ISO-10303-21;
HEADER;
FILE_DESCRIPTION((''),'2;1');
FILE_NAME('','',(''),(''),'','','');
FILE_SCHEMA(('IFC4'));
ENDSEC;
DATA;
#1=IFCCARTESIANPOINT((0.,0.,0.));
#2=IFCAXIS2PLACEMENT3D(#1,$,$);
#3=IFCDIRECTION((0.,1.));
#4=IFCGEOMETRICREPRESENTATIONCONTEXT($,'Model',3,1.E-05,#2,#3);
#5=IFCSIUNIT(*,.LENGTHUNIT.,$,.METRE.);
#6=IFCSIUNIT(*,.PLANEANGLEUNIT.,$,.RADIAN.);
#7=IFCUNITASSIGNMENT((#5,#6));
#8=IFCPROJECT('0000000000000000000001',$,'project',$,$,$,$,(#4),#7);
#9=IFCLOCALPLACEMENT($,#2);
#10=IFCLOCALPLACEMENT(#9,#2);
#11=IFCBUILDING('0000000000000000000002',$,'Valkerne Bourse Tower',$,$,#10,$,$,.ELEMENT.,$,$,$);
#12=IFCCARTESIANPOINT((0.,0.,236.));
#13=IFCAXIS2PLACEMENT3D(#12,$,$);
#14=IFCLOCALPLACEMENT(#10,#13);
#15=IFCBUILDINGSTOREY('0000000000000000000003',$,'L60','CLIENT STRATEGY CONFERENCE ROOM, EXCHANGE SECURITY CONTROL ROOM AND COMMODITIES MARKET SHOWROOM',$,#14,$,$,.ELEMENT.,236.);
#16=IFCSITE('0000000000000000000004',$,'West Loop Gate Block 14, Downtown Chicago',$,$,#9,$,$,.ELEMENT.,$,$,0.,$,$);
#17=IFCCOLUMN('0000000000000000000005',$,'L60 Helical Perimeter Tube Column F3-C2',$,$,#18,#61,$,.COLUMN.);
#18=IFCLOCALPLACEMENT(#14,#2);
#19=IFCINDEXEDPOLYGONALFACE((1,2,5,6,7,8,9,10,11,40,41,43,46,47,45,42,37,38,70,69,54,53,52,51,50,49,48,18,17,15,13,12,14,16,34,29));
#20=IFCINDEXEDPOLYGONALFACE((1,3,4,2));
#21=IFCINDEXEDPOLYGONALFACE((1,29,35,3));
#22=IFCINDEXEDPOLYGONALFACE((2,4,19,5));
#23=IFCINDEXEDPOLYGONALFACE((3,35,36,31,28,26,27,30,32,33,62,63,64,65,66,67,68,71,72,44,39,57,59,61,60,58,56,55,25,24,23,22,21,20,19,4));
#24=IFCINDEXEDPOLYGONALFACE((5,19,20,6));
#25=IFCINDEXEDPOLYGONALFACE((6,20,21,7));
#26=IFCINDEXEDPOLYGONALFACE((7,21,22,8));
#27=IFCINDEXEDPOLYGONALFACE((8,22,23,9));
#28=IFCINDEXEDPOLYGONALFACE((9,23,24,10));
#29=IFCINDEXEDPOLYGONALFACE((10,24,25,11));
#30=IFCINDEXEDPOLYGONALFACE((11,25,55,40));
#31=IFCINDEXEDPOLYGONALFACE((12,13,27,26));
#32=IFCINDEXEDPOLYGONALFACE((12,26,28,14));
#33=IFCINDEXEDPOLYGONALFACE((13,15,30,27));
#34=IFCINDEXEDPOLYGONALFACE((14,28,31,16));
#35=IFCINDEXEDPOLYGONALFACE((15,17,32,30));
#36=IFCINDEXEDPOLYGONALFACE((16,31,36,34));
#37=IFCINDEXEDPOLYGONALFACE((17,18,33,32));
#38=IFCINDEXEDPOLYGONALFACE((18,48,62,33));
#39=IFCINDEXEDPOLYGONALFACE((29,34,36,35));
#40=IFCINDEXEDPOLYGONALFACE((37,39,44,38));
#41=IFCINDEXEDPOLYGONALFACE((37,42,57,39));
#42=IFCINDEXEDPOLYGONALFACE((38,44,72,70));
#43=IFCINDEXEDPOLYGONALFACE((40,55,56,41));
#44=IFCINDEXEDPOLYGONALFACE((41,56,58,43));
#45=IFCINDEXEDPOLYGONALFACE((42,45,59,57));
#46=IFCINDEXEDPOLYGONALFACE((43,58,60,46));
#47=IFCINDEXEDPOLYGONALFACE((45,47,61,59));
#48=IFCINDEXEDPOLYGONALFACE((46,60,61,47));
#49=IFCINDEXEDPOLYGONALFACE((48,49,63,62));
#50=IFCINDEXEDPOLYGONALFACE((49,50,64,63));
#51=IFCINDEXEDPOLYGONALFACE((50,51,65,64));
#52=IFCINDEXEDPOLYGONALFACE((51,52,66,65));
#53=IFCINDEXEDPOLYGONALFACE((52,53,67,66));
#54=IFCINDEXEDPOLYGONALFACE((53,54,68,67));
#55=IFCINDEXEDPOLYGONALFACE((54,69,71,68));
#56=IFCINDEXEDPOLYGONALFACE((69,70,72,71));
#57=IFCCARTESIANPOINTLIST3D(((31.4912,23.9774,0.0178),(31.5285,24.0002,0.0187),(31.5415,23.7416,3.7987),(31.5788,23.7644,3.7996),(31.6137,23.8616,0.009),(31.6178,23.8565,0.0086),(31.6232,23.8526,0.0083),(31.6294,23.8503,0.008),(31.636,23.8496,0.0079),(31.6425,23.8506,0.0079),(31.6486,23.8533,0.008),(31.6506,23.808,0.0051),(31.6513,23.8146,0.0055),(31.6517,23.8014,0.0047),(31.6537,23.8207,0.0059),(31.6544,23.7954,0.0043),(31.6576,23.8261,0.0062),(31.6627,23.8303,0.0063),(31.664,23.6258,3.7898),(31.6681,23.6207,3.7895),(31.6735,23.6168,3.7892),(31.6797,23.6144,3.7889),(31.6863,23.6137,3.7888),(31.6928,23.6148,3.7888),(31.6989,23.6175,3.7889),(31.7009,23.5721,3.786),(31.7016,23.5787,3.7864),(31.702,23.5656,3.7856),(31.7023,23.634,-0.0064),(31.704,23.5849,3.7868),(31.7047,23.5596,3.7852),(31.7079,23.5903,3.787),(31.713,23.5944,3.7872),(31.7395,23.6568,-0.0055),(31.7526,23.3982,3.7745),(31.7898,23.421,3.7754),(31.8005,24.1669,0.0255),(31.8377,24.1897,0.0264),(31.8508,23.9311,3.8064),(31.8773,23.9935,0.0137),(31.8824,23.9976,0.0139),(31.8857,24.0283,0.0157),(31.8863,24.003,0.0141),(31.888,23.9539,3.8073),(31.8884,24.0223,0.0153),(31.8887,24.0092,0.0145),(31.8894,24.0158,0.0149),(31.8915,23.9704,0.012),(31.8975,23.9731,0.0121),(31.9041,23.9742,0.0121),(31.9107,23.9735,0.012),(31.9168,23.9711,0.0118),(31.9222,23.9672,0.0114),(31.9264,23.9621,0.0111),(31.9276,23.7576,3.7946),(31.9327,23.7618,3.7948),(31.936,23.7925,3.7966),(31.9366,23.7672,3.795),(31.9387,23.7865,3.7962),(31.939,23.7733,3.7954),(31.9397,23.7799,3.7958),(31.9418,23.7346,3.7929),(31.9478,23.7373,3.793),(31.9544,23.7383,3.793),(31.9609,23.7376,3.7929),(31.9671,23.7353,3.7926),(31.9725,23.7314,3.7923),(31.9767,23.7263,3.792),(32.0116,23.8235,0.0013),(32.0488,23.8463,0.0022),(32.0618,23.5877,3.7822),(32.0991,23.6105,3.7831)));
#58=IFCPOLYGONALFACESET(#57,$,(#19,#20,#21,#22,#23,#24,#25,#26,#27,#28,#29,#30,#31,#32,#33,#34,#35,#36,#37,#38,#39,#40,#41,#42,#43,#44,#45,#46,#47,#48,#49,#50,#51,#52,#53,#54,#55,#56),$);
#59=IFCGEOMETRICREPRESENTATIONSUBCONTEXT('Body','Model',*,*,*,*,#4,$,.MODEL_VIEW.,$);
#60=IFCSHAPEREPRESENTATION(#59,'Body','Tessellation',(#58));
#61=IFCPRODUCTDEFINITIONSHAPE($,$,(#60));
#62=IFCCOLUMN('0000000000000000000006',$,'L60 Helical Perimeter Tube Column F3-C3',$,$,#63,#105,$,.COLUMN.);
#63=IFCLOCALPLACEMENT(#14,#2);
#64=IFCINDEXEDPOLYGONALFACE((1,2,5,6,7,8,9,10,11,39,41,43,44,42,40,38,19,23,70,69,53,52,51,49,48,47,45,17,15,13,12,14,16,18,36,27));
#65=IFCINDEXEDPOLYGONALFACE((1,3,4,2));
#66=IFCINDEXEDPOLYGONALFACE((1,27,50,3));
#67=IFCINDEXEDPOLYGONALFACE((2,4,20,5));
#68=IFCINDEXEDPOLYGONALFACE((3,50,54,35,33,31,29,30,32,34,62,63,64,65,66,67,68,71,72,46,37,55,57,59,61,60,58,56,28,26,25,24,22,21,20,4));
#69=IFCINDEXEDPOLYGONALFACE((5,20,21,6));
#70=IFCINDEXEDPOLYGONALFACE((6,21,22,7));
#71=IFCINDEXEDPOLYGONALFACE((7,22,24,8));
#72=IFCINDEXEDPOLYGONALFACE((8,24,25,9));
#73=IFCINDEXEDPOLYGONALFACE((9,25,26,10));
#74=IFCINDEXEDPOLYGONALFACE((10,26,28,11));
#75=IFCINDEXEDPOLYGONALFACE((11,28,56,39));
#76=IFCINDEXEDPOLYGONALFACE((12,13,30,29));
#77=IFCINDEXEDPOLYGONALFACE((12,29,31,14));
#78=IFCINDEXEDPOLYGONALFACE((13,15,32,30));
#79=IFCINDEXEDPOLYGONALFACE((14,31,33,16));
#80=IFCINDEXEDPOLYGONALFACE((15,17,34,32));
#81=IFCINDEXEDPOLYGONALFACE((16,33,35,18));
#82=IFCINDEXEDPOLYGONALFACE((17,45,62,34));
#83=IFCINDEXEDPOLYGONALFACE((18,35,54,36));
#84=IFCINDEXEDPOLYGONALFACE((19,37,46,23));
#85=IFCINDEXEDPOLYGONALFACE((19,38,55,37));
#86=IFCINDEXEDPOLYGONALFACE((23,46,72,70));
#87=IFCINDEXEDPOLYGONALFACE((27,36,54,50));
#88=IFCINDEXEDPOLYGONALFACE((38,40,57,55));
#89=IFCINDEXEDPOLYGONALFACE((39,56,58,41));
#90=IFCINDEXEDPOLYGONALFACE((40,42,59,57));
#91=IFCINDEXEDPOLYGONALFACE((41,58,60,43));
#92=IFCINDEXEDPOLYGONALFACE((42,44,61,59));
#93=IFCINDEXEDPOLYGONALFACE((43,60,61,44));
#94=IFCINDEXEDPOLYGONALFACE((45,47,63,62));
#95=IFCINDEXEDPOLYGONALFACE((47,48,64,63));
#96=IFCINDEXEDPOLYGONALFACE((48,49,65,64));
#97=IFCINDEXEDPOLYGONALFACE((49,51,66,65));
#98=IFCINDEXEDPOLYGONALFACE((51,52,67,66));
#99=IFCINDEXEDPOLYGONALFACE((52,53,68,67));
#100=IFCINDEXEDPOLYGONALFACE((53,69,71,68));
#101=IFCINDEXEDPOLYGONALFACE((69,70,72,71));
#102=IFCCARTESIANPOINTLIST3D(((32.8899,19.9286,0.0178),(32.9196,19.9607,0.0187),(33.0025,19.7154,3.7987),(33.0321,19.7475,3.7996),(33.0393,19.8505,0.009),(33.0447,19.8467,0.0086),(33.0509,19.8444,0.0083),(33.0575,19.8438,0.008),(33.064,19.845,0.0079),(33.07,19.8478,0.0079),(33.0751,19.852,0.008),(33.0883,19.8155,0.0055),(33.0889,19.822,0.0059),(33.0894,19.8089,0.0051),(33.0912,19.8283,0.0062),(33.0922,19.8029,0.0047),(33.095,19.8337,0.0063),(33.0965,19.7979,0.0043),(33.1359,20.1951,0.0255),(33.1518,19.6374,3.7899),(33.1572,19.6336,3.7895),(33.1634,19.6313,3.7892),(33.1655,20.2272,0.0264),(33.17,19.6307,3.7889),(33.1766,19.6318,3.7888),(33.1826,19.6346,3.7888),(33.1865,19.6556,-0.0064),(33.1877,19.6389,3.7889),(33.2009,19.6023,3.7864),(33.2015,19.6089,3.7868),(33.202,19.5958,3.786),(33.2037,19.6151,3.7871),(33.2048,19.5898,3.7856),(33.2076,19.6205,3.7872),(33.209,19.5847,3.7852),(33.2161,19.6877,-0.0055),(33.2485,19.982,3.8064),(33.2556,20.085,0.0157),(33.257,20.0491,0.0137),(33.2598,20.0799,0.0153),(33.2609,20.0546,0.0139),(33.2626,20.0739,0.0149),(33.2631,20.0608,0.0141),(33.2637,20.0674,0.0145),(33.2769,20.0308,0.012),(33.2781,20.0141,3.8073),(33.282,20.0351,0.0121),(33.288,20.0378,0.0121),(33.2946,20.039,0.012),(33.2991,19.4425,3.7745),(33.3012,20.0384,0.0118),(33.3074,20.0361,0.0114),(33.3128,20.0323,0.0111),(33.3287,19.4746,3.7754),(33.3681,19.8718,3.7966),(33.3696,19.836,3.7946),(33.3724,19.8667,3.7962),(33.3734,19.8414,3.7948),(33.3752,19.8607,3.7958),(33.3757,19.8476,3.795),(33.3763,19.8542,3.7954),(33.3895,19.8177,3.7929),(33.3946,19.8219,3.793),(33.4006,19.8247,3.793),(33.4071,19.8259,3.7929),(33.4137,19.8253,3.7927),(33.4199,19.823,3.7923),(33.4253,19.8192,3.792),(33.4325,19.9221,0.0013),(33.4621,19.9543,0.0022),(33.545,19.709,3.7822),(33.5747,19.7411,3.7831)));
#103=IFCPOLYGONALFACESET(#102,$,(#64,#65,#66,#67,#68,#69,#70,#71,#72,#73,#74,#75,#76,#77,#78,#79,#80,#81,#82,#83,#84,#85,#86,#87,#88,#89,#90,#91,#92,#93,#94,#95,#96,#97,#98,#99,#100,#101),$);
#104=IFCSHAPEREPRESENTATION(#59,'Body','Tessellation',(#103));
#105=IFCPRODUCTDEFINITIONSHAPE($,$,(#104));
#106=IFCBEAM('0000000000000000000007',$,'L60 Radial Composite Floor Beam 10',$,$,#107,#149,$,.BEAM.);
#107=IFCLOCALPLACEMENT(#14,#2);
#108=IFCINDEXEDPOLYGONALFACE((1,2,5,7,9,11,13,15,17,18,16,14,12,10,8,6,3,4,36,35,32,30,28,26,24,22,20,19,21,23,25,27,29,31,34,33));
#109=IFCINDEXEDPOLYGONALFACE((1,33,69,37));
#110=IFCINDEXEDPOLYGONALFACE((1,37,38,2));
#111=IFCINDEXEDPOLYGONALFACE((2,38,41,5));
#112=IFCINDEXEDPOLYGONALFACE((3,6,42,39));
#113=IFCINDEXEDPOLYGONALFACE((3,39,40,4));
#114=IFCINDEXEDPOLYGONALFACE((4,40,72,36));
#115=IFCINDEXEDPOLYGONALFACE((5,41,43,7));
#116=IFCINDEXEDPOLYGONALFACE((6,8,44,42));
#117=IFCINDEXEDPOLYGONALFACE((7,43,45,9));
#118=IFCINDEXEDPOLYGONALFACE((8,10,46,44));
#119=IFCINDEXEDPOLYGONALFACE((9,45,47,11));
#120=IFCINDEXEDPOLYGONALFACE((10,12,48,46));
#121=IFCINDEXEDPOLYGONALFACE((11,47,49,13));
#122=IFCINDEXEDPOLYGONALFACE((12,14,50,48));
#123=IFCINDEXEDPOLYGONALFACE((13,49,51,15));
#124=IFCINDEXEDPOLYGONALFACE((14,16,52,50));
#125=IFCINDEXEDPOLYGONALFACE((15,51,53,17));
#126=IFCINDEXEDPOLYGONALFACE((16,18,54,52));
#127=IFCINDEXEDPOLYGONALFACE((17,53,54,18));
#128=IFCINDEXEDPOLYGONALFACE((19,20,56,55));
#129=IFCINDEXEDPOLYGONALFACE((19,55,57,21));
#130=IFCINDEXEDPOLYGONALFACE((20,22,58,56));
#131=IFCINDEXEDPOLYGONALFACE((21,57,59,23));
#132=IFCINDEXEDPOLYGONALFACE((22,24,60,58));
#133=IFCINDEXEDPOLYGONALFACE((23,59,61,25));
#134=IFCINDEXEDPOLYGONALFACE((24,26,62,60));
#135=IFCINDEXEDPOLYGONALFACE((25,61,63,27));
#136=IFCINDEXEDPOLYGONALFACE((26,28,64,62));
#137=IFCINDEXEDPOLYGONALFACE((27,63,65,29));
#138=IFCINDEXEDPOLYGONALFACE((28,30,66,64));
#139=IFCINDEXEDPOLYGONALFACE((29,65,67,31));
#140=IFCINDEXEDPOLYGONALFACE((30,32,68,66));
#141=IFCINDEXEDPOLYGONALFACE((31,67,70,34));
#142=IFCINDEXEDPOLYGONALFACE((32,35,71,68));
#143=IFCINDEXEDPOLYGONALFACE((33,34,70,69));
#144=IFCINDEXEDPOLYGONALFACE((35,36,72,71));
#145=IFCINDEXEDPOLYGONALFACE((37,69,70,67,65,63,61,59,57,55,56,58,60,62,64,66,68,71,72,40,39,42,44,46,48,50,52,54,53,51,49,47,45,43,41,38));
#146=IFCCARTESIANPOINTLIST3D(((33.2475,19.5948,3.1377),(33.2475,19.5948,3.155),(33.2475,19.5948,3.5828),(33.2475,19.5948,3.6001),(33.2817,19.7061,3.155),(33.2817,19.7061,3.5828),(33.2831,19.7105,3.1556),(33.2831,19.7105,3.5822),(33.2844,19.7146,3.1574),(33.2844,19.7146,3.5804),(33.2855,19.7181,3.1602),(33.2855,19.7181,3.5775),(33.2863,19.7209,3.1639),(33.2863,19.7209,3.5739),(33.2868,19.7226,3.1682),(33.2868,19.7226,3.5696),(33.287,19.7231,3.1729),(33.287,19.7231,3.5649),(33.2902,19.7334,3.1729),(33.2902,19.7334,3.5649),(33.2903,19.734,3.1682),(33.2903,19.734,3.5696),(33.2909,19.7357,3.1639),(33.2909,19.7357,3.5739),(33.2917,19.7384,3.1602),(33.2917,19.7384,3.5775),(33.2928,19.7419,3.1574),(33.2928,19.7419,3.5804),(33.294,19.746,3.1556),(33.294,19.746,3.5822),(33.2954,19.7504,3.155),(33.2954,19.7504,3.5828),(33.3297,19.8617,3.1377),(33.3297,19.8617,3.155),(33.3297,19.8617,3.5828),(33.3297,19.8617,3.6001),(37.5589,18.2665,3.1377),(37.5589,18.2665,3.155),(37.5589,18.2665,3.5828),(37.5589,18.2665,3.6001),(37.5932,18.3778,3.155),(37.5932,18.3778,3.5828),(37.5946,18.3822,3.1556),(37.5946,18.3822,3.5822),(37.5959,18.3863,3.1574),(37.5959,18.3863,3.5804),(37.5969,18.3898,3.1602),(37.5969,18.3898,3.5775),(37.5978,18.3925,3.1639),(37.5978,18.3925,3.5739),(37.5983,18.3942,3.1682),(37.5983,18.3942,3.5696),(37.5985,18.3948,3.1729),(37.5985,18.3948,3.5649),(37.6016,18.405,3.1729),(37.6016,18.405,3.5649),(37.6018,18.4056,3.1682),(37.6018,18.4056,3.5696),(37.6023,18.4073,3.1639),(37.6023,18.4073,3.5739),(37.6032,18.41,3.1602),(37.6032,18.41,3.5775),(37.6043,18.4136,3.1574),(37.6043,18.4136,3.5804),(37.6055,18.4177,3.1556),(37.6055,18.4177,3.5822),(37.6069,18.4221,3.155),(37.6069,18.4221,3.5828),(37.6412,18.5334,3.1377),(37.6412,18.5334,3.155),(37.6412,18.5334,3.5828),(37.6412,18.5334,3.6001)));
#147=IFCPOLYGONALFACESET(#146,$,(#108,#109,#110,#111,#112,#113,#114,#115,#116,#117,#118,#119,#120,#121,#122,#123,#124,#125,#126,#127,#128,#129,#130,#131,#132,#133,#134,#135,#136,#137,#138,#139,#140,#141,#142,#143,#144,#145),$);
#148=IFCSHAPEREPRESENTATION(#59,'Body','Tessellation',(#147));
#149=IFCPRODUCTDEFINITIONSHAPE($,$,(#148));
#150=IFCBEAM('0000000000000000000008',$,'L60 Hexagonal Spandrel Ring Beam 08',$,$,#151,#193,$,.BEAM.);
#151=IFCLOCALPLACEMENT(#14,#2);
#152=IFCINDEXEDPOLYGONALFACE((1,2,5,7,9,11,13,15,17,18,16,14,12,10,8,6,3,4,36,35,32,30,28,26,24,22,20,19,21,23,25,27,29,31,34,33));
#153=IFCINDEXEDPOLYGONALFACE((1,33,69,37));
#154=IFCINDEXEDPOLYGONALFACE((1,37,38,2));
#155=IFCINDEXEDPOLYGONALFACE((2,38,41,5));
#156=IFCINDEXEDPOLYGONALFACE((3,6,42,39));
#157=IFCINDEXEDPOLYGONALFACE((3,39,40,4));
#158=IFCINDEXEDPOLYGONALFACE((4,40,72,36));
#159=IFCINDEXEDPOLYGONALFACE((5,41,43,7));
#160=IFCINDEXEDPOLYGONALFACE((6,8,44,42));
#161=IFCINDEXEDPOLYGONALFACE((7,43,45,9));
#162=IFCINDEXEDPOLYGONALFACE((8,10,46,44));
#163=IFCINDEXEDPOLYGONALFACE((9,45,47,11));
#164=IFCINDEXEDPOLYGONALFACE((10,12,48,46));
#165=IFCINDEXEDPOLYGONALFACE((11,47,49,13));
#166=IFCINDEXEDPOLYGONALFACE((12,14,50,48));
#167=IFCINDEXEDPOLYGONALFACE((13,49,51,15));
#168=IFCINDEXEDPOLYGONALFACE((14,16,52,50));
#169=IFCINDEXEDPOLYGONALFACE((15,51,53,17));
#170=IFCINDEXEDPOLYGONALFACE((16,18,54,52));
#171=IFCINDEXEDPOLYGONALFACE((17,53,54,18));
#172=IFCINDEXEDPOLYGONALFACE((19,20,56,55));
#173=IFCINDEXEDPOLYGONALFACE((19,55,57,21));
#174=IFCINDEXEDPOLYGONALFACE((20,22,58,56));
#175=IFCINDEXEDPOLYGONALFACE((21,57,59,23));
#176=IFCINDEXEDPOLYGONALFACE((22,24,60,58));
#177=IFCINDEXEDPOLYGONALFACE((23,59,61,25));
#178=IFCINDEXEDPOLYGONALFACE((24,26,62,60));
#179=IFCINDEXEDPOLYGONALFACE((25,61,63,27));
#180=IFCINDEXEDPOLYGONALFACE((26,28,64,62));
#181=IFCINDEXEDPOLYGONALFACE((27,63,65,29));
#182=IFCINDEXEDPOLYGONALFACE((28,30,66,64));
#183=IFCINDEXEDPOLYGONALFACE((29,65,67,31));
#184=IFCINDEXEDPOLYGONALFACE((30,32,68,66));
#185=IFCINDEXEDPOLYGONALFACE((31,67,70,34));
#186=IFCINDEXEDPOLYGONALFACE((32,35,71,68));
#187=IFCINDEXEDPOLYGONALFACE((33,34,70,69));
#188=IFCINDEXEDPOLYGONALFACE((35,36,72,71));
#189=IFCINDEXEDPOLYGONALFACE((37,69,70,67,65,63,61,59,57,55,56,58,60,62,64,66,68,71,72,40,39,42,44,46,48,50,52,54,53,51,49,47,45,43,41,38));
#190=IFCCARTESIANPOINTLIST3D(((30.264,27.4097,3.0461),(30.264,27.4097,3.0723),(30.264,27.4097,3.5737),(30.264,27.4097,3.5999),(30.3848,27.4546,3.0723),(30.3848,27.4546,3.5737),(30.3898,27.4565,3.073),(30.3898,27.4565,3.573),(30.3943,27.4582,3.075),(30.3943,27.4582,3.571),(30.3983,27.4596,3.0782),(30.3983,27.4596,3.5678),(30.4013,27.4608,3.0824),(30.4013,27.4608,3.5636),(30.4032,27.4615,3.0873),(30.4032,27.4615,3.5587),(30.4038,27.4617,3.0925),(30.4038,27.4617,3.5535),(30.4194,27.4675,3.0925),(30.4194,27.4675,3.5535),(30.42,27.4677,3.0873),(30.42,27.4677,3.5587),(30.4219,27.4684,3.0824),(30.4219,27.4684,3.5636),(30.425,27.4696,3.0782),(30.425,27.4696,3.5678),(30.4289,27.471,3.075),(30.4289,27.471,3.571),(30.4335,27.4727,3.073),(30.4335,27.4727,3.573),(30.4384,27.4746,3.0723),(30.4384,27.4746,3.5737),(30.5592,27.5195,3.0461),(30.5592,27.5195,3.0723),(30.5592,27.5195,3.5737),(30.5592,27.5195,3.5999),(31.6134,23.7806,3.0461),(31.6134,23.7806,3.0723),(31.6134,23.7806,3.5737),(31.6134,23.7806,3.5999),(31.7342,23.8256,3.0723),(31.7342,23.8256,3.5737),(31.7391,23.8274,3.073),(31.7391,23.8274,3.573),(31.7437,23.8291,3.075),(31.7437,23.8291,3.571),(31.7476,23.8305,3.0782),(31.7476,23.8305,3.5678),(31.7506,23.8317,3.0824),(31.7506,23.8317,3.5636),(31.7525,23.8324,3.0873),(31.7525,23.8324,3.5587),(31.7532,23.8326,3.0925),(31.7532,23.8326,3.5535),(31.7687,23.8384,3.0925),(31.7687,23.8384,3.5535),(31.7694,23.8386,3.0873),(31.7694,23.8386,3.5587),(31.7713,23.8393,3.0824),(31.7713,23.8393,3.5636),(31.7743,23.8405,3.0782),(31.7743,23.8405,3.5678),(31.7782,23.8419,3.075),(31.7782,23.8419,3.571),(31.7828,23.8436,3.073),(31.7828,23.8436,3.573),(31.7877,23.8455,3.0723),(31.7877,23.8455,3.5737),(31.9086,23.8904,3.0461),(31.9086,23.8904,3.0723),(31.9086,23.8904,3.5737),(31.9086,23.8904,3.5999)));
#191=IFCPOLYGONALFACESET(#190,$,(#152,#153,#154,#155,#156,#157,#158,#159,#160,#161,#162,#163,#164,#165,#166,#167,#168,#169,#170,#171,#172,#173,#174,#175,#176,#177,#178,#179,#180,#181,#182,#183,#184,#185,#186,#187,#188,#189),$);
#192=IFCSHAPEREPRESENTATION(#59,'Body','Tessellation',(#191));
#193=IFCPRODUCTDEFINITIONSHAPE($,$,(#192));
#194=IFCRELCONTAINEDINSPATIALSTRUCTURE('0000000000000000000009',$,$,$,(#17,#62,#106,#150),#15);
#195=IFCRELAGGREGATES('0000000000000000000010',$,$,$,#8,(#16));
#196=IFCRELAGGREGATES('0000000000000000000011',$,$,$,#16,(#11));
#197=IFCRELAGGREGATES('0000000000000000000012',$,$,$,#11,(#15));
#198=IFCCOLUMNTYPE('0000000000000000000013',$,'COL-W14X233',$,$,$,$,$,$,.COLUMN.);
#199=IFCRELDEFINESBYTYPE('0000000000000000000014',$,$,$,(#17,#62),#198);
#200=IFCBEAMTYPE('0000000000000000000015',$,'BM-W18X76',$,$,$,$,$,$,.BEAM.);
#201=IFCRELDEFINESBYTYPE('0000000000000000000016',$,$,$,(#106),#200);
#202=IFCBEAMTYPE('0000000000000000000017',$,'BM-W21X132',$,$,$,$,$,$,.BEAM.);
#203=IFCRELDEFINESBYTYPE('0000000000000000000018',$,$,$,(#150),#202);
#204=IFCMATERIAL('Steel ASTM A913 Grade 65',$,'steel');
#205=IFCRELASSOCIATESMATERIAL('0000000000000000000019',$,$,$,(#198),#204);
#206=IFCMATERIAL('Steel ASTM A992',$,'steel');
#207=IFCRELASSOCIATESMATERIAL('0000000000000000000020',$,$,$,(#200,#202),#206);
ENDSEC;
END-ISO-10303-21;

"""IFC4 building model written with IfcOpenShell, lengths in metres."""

from ifc_helpers import new_model, si_unit, direction, frame, origin, origin_2d, place, context, subcontext, project, spatial, i_section, extrude, material, material_profile, profile_set, type_object, element, save


model = new_model("IFC4")

# Units and contexts
model_context = context("Model", 3, precision=1e-05, world=origin(), true_north=direction((0.0, 1.0)))
body_context = subcontext(model_context, "Body", "Model", "MODEL_VIEW")
ifc_project = project(units=[si_unit("LENGTHUNIT", "METRE"), si_unit("PLANEANGLEUNIT", "RADIAN")], contexts=[model_context])

# Site, building, storey
site_placement = place(None, origin())
site = spatial("IfcSite", under=ifc_project, at=site_placement, Name="West Loop Gate Block 14, Downtown Chicago", CompositionType="ELEMENT", RefElevation=0.0)
building_placement = place(site_placement, origin())
building = spatial("IfcBuilding", under=site, at=building_placement, Name="Valkerne Bourse Tower", CompositionType="ELEMENT")
storey_placement = place(building_placement, frame((0.0, 0.0, 236.0)))
storey = spatial("IfcBuildingStorey", under=building, at=storey_placement, Name="L60", Description="CLIENT STRATEGY CONFERENCE ROOM, EXCHANGE SECURITY CONTROL ROOM AND COMMODITIES MARKET SHOWROOM", CompositionType="ELEMENT", Elevation=236.0)

# Columns
ifc_material_1 = material(Name="Steel ASTM A913 Grade 65", Category="steel")
ifc_material_profile_1 = material_profile(ifc_material_1, i_section(OverallWidth=0.4038, OverallDepth=0.4065, WebThickness=0.0271, FlangeThickness=0.0437, FilletRadius=0.0254, at=origin_2d()), Name="W14X233")
ifc_profile_set_1 = profile_set([ifc_material_profile_1], Name="Steel ASTM A913 Grade 65")
column_type = type_object("IfcColumnType", Name="COL-W14X233", PredefinedType="COLUMN", material=ifc_profile_set_1)
for number, where, z_axis, x_axis, name in (
    (1, (31.77, 23.9119, 0.01), (0.013275, -0.062248, 0.997972), (0.522666, -0.850424, -0.059997), "L60 Helical Perimeter Tube Column F3-C2"),
    (2, (33.176, 19.9414, 0.01), (0.029707, -0.056256, 0.997974), (0.73446, -0.675997, -0.059968), "L60 Helical Perimeter Tube Column F3-C3"),
):
    element("IfcColumn", number, at=place(storey_placement, frame(where, z_axis=z_axis, x_axis=x_axis)), inside=storey, type_object=column_type, Name=name, PredefinedType="COLUMN", context=body_context, shape_type="SweptSolid", body=[
        extrude(i_section(OverallWidth=0.4038, OverallDepth=0.4065, WebThickness=0.0271, FlangeThickness=0.0437, FilletRadius=0.0254, at=origin_2d()), origin(), (0.0, 0.0, 1.0), 3.7886),
    ])

# Beams
ifc_material_2 = material(Name="Steel ASTM A992", Category="steel")
ifc_material_profile_2 = material_profile(ifc_material_2, i_section(OverallWidth=0.2793, OverallDepth=0.4624, WebThickness=0.0107, FlangeThickness=0.0173, FilletRadius=0.0178, at=origin_2d()), Name="W18X76")
ifc_profile_set_2 = profile_set([ifc_material_profile_2], Name="Steel ASTM A992")
beam_type_1 = type_object("IfcBeamType", Name="BM-W18X76", PredefinedType="BEAM", material=ifc_profile_set_2)
beam_1_placement = place(storey_placement, frame((33.2886, 19.7283, 3.3689), z_axis=(0.95567, -0.294439, 0.0), x_axis=(0.294439, 0.95567, 0.0)))
element("IfcBeam", 3, at=beam_1_placement, inside=storey, type_object=beam_type_1, Name="L60 Radial Composite Floor Beam 10", PredefinedType="BEAM", context=body_context, shape_type="SweptSolid", body=[
    extrude(i_section(OverallWidth=0.2793, OverallDepth=0.4624, WebThickness=0.0107, FlangeThickness=0.0173, FilletRadius=0.0178, at=origin_2d()), origin(), (0.0, 0.0, 1.0), 4.5115),
])
ifc_material_profile_3 = material_profile(ifc_material_2, i_section(OverallWidth=0.3149, OverallDepth=0.5537, WebThickness=0.0166, FlangeThickness=0.0261, FilletRadius=0.0203, at=origin_2d()), Name="W21X132")
ifc_profile_set_3 = profile_set([ifc_material_profile_3], Name="Steel ASTM A992")
beam_type_2 = type_object("IfcBeamType", Name="BM-W21X132", PredefinedType="BEAM", material=ifc_profile_set_3)
beam_2_placement = place(storey_placement, frame((30.4116, 27.4646, 3.323), z_axis=(0.348503, -0.937308, 0.0), x_axis=(0.937308, 0.348503, 0.0)))
element("IfcBeam", 4, at=beam_2_placement, inside=storey, type_object=beam_type_2, Name="L60 Hexagonal Spandrel Ring Beam 08", PredefinedType="BEAM", context=body_context, shape_type="SweptSolid", body=[
    extrude(i_section(OverallWidth=0.3149, OverallDepth=0.5537, WebThickness=0.0166, FlangeThickness=0.0261, FilletRadius=0.0203, at=origin_2d()), origin(), (0.0, 0.0, 1.0), 3.8718),
])

save(model, "model.ifc")
